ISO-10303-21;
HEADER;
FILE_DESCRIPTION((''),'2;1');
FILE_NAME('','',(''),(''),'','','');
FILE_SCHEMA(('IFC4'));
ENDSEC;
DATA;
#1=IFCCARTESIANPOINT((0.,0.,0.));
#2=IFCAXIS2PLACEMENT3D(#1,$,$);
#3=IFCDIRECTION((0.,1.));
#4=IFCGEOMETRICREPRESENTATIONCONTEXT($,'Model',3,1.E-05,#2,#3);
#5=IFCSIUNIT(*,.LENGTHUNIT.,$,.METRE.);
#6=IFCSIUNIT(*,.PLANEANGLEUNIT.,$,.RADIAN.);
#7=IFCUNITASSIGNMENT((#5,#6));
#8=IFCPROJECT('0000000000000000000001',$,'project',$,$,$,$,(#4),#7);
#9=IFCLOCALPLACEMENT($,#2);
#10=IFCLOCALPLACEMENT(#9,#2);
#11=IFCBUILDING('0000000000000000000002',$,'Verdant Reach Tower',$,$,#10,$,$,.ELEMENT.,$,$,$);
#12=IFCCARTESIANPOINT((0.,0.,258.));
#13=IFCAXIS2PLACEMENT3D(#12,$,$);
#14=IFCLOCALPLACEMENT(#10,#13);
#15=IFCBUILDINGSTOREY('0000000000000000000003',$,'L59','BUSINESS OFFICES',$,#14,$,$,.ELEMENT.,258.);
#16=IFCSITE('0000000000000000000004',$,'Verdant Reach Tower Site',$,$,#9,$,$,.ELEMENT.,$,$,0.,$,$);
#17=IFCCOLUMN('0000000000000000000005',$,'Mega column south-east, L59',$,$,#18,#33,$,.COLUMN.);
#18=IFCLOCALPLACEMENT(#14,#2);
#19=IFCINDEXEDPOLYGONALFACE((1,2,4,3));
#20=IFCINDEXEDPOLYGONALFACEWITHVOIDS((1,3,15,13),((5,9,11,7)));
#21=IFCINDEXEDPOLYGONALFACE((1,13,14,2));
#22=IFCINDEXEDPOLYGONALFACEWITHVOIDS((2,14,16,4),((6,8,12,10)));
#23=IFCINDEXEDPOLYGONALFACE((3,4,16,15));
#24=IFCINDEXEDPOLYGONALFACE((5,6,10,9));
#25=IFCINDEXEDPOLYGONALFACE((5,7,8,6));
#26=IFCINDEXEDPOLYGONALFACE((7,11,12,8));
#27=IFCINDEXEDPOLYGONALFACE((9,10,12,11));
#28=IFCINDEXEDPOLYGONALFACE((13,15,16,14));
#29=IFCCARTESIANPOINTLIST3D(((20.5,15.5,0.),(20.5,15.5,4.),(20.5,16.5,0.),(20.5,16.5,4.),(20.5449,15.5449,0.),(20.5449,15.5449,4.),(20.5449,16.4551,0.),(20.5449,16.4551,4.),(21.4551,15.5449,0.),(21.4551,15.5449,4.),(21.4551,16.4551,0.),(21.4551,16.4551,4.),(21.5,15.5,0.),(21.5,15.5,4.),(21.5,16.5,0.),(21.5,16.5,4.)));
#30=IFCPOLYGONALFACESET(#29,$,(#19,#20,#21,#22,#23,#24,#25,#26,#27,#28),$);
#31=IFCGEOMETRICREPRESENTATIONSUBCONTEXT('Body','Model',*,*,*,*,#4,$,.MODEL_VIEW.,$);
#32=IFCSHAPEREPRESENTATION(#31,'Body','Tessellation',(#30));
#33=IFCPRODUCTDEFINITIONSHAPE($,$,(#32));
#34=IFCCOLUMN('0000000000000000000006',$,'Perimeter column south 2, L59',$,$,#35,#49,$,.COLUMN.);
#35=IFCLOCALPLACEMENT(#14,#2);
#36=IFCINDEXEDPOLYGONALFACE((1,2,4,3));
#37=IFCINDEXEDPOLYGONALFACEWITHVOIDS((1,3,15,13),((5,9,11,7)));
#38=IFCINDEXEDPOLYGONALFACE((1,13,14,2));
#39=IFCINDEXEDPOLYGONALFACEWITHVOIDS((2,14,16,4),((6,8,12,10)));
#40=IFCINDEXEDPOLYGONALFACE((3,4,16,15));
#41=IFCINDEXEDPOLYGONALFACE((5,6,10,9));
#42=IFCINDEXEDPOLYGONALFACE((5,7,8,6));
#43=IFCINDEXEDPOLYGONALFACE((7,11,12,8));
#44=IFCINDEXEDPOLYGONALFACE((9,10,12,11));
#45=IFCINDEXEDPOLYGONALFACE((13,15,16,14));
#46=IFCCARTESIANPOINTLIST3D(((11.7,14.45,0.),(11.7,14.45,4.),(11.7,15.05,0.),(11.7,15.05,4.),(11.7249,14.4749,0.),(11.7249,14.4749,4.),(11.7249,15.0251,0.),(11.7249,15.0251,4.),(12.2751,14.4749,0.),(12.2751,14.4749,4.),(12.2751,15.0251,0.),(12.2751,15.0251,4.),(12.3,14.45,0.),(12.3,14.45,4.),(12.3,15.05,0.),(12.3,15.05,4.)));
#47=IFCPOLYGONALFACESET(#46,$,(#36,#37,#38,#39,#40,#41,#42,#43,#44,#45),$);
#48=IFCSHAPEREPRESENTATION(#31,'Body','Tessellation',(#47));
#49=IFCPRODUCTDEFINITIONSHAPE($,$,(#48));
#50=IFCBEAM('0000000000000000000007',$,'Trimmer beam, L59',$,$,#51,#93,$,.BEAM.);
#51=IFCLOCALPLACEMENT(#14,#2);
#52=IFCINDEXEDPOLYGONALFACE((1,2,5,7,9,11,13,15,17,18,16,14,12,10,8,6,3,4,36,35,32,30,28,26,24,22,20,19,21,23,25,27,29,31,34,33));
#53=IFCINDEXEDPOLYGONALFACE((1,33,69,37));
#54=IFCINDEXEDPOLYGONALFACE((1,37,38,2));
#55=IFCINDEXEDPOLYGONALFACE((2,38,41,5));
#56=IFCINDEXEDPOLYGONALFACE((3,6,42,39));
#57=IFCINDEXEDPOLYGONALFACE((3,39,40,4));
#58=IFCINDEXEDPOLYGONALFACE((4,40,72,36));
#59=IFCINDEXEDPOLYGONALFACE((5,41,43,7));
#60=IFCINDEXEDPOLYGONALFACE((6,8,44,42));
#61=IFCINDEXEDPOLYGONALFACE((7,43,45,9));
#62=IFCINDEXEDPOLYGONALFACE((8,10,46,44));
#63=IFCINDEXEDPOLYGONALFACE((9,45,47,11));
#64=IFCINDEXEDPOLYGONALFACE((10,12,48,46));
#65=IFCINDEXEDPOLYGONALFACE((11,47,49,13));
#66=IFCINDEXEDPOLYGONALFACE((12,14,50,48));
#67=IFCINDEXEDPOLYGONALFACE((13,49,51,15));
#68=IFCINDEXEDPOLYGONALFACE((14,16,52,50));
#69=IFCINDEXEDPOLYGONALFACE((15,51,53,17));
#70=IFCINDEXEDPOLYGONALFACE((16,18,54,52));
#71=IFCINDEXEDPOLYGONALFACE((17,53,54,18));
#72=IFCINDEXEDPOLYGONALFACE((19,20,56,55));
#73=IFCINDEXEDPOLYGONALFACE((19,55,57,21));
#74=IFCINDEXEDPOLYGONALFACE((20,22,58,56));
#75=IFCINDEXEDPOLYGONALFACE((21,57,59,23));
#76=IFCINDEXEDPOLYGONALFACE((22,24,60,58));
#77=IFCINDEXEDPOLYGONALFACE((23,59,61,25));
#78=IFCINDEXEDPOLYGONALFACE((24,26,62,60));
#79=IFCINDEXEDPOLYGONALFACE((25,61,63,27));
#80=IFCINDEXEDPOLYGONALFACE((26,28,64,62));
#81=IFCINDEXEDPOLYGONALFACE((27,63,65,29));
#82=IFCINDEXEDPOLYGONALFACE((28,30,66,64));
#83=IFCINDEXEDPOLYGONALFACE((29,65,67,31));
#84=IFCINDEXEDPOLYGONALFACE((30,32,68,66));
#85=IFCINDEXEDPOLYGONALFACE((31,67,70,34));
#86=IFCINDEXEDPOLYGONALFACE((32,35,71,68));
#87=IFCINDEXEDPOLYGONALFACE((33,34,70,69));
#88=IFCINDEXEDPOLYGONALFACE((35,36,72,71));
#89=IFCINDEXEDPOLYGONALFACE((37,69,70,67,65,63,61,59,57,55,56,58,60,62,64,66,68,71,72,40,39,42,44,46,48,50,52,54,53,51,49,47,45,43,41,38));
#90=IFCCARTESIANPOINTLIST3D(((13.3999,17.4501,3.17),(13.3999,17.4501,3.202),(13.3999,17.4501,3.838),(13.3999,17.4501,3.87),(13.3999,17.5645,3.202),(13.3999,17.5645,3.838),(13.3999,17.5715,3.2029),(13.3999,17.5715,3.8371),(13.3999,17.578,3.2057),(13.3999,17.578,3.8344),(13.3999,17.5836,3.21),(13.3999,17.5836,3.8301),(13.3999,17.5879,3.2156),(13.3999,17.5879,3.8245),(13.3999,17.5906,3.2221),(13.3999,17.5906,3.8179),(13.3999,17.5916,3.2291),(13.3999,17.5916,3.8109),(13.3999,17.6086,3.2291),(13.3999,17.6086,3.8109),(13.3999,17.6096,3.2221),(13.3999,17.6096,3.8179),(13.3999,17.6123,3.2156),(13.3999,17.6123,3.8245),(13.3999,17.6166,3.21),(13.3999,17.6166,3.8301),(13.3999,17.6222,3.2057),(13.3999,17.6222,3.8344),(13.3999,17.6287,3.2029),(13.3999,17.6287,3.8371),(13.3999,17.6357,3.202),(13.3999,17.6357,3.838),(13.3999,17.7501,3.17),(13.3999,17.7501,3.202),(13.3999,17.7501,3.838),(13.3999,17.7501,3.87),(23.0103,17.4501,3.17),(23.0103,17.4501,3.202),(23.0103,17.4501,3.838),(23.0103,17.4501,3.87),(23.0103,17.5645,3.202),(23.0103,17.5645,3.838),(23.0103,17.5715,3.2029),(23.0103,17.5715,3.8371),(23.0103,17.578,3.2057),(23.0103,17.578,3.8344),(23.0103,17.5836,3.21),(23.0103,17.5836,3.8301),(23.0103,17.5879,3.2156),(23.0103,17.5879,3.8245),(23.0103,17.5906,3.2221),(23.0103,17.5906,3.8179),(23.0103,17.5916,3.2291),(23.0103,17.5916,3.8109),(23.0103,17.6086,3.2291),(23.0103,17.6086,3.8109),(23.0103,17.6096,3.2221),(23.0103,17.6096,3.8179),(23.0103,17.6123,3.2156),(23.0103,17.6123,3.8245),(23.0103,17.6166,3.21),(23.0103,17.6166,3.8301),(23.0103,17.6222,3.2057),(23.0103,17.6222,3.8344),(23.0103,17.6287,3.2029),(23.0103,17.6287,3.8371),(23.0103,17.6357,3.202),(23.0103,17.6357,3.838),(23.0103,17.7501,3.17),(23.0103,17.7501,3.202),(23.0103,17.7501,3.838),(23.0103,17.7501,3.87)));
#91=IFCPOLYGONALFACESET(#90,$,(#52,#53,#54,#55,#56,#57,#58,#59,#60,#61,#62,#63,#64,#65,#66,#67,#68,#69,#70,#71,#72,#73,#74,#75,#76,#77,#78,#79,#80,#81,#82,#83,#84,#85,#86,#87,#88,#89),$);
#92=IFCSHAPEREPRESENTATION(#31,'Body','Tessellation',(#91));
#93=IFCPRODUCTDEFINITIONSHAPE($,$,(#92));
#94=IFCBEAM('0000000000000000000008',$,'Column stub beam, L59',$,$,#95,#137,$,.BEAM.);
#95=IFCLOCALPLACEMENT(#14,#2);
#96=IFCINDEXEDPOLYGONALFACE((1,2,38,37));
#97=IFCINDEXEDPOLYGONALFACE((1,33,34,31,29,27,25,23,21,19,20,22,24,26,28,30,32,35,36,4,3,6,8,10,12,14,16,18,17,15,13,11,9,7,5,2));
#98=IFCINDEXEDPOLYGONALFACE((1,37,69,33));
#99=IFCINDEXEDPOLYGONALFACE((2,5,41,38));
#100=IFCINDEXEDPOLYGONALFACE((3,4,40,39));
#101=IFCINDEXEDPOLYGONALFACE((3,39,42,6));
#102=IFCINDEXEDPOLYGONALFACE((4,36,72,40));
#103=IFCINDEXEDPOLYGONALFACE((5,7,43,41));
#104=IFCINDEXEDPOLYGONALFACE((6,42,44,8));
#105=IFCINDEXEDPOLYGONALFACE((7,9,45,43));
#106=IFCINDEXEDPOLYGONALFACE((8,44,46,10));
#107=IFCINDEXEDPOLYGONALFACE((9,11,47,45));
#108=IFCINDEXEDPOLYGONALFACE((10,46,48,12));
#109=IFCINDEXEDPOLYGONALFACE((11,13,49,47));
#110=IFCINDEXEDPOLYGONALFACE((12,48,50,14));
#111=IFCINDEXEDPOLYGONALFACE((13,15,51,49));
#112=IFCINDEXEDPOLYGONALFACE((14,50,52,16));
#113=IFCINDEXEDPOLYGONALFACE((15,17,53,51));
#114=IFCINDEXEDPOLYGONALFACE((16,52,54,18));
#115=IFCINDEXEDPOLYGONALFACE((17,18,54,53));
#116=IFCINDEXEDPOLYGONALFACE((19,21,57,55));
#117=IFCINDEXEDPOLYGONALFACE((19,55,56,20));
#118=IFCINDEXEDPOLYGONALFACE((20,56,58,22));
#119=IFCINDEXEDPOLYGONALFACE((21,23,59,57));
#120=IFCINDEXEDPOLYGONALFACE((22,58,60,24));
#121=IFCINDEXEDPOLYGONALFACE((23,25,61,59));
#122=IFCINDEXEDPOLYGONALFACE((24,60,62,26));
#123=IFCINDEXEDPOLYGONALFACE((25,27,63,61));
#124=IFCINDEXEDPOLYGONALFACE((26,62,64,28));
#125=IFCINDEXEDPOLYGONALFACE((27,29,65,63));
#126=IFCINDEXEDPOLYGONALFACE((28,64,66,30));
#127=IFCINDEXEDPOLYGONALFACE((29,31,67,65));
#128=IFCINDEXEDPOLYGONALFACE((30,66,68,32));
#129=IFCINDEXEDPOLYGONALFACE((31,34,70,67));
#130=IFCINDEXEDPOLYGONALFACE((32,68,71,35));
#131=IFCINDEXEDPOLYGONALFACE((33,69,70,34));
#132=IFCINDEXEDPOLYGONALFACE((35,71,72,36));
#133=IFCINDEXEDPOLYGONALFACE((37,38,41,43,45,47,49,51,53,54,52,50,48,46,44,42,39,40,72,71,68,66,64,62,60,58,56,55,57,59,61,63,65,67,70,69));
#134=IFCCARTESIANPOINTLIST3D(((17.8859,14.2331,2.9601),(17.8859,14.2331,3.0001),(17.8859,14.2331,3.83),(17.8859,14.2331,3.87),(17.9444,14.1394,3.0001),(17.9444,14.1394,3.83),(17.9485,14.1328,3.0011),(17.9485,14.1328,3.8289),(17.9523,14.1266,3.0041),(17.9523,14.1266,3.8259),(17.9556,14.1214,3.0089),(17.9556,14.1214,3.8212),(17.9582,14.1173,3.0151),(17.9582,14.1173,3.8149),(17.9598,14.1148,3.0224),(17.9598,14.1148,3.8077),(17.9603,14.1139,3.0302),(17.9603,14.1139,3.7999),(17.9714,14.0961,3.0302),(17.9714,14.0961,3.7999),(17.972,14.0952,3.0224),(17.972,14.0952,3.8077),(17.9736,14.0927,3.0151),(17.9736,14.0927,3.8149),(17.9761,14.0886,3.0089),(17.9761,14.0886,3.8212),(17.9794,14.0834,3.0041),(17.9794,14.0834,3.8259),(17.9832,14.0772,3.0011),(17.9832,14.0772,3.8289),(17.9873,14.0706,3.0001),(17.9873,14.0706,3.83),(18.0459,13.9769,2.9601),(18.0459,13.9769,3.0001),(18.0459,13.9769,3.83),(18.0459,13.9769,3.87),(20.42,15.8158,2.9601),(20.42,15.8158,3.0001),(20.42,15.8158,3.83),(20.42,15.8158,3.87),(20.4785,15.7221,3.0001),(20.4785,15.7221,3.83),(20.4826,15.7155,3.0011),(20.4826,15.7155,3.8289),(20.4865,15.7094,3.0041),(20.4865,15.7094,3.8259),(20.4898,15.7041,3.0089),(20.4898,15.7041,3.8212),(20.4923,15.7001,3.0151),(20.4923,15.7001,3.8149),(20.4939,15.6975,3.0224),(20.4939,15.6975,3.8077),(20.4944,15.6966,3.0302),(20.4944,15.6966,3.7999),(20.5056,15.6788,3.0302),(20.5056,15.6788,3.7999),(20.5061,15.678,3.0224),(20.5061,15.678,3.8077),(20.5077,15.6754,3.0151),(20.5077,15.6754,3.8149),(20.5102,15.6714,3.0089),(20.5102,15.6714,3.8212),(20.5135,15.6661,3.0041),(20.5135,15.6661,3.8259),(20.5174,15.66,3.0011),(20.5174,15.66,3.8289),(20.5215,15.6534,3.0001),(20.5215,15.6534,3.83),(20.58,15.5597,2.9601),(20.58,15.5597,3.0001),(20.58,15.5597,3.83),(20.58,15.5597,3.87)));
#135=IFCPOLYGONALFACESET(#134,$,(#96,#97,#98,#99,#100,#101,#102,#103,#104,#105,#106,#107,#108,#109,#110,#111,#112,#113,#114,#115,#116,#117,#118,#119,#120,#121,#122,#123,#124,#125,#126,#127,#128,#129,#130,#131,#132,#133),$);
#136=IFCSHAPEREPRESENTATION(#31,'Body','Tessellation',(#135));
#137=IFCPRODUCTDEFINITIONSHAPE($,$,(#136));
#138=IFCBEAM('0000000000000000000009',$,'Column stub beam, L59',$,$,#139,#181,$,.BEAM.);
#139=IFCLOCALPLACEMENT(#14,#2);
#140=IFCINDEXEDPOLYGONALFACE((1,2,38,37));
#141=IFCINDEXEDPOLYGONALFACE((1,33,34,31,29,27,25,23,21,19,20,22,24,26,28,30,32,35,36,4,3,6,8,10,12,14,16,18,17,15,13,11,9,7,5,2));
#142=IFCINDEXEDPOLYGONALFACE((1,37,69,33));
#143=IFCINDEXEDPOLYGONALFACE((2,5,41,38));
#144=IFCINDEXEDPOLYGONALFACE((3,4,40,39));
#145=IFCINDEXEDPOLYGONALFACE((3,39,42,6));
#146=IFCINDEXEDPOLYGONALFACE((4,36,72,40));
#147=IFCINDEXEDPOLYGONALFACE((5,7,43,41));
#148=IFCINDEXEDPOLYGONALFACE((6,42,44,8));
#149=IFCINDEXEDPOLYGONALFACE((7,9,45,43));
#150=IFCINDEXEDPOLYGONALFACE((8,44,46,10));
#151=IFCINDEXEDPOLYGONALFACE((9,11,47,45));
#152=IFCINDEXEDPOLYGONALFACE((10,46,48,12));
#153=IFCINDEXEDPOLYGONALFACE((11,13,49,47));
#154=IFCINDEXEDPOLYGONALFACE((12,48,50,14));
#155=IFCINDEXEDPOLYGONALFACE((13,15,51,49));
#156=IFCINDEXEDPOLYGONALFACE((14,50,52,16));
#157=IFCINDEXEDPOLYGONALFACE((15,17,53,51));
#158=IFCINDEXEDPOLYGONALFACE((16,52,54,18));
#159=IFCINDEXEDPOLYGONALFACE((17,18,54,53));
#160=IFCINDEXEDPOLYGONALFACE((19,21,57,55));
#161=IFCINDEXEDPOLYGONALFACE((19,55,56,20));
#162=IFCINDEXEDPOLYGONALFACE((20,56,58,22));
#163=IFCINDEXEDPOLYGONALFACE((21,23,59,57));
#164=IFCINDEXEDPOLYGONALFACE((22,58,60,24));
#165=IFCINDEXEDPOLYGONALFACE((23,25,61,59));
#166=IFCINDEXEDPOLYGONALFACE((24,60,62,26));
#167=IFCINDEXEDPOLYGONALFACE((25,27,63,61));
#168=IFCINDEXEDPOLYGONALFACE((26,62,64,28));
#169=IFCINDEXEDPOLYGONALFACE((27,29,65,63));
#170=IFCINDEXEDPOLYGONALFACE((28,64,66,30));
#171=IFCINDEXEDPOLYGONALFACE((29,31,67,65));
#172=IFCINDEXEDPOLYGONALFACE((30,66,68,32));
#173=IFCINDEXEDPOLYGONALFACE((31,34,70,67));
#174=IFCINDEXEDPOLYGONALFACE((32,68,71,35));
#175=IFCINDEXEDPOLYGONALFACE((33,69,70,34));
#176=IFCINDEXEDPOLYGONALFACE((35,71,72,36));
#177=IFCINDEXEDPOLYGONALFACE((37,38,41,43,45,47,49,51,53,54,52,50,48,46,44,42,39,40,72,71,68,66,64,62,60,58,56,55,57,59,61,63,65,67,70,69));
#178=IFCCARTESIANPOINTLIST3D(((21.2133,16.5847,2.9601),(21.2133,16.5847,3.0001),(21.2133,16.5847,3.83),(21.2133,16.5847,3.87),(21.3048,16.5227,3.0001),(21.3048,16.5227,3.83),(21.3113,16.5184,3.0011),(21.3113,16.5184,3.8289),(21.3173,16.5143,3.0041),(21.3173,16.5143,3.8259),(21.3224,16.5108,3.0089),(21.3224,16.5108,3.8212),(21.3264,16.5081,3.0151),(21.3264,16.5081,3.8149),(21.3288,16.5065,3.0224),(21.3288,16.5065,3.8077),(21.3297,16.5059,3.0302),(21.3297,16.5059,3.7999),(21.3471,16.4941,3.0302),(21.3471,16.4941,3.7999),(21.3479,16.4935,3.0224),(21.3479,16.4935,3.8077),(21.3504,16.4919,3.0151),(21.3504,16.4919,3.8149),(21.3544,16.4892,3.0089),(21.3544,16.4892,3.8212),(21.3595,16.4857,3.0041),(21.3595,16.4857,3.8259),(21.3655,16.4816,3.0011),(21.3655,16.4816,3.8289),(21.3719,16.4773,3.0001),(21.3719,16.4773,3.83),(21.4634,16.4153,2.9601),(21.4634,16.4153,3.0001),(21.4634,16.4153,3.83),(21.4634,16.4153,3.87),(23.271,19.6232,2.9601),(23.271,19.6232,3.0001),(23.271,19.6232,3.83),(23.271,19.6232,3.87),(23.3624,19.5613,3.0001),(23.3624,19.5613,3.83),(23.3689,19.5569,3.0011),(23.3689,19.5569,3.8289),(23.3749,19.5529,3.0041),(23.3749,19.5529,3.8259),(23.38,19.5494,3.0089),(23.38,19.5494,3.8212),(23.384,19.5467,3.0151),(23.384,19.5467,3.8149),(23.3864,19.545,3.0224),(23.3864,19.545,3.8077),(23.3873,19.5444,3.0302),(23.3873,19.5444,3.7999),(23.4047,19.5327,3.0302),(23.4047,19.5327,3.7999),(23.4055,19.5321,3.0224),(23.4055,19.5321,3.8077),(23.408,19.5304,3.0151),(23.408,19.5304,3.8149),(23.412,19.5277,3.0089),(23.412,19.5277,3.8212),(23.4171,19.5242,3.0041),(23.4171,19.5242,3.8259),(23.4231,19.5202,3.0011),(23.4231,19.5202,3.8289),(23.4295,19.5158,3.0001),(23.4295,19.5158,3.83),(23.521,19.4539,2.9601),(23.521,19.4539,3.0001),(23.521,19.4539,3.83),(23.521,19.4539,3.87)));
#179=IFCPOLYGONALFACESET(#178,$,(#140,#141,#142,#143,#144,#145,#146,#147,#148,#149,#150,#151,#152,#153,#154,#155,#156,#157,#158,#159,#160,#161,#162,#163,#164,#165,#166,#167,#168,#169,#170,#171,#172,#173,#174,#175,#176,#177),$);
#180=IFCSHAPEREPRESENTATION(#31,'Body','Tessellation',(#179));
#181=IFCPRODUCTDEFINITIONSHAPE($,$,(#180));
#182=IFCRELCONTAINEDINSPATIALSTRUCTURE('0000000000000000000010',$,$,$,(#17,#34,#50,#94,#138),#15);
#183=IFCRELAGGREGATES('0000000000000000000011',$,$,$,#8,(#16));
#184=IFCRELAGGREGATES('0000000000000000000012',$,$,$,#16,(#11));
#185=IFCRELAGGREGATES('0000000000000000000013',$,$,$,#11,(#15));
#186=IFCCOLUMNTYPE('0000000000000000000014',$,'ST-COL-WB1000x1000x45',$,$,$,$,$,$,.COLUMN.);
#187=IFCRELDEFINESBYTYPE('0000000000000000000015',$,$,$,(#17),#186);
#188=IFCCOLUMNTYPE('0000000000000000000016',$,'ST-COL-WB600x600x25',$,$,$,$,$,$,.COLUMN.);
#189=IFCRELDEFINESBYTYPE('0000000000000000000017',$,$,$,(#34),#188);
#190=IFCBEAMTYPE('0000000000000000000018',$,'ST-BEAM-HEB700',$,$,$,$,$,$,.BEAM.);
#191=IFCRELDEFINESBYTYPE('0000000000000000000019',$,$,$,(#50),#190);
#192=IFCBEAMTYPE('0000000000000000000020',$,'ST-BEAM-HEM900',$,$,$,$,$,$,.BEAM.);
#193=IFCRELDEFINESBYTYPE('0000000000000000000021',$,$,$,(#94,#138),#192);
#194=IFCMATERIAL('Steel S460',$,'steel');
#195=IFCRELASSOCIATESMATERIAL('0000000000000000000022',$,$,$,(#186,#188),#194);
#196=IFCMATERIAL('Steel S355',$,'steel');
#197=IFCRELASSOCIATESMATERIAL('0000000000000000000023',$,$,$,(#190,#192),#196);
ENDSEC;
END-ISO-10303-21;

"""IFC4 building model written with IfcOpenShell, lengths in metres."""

from ifc_helpers import new_model, si_unit, direction, frame, origin, origin_2d, place, context, subcontext, project, spatial, hollow_rectangle, i_section, extrude, material, material_profile, profile_set, type_object, element, save


model = new_model("IFC4")

# Units and contexts
model_context = context("Model", 3, precision=1e-05, world=origin(), true_north=direction((0.0, 1.0)))
body_context = subcontext(model_context, "Body", "Model", "MODEL_VIEW")
ifc_project = project(units=[si_unit("LENGTHUNIT", "METRE"), si_unit("PLANEANGLEUNIT", "RADIAN")], contexts=[model_context])

# Site, building, storey
site_placement = place(None, origin())
site = spatial("IfcSite", under=ifc_project, at=site_placement, Name="Verdant Reach Tower Site", CompositionType="ELEMENT", RefElevation=0.0)
building_placement = place(site_placement, origin())
building = spatial("IfcBuilding", under=site, at=building_placement, Name="Verdant Reach Tower", CompositionType="ELEMENT")
storey_placement = place(building_placement, frame((0.0, 0.0, 258.0)))
storey = spatial("IfcBuildingStorey", under=building, at=storey_placement, Name="L59", Description="BUSINESS OFFICES", CompositionType="ELEMENT", Elevation=258.0)

# Columns
ifc_material_1 = material(Name="Steel S460", Category="steel")
ifc_material_profile_1 = material_profile(ifc_material_1, hollow_rectangle(XDim=1.0, YDim=1.0, WallThickness=0.0449, at=origin_2d()), Name="WB 1000x1000x45")
ifc_profile_set_1 = profile_set([ifc_material_profile_1], Name="Steel S460")
column_type_1 = type_object("IfcColumnType", Name="ST-COL-WB1000x1000x45", PredefinedType="COLUMN", material=ifc_profile_set_1)
column_1_placement = place(storey_placement, frame((21.0, 16.0, 0.0), z_axis=(0.0, 0.0, 1.0), x_axis=(1.0, 0.0, 0.0)))
element("IfcColumn", 1, at=column_1_placement, inside=storey, type_object=column_type_1, Name="Mega column south-east, L59", PredefinedType="COLUMN", context=body_context, shape_type="SweptSolid", body=[
    extrude(hollow_rectangle(XDim=1.0, YDim=1.0, WallThickness=0.0449, at=origin_2d()), origin(), (0.0, 0.0, 1.0), 4.0),
])
ifc_material_profile_2 = material_profile(ifc_material_1, hollow_rectangle(XDim=0.6001, YDim=0.6001, WallThickness=0.0249, at=origin_2d()), Name="WB 600x600x25")
ifc_profile_set_2 = profile_set([ifc_material_profile_2], Name="Steel S460")
column_type_2 = type_object("IfcColumnType", Name="ST-COL-WB600x600x25", PredefinedType="COLUMN", material=ifc_profile_set_2)
column_2_placement = place(storey_placement, frame((12.0, 14.75, 0.0), z_axis=(0.0, 0.0, 1.0), x_axis=(1.0, 0.0, 0.0)))
element("IfcColumn", 2, at=column_2_placement, inside=storey, type_object=column_type_2, Name="Perimeter column south 2, L59", PredefinedType="COLUMN", context=body_context, shape_type="SweptSolid", body=[
    extrude(hollow_rectangle(XDim=0.6001, YDim=0.6001, WallThickness=0.0249, at=origin_2d()), origin(), (0.0, 0.0, 1.0), 4.0),
])

# Beams
ifc_material_2 = material(Name="Steel S355", Category="steel")
ifc_material_profile_3 = material_profile(ifc_material_2, i_section(OverallWidth=0.3, OverallDepth=0.7, WebThickness=0.0171, FlangeThickness=0.032, FilletRadius=0.0271, at=origin_2d()), Name="HEB 700")
ifc_profile_set_3 = profile_set([ifc_material_profile_3], Name="Steel S355")
beam_type_1 = type_object("IfcBeamType", Name="ST-BEAM-HEB700", PredefinedType="BEAM", material=ifc_profile_set_3)
beam_1_placement = place(storey_placement, frame((13.3999, 17.6001, 3.52), z_axis=(1.0, 0.0, 0.0), x_axis=(0.0, 1.0, 0.0)))
element("IfcBeam", 3, at=beam_1_placement, inside=storey, type_object=beam_type_1, Name="Trimmer beam, L59", PredefinedType="BEAM", context=body_context, shape_type="SweptSolid", body=[
    extrude(i_section(OverallWidth=0.3, OverallDepth=0.7, WebThickness=0.0171, FlangeThickness=0.032, FilletRadius=0.0271, at=origin_2d()), origin(), (0.0, 0.0, 1.0), 9.6104),
])
ifc_material_profile_4 = material_profile(ifc_material_2, i_section(OverallWidth=0.302, OverallDepth=0.9099, WebThickness=0.021, FlangeThickness=0.04, FilletRadius=0.03, at=origin_2d()), Name="HEM 900")
ifc_profile_set_4 = profile_set([ifc_material_profile_4], Name="Steel S355")
beam_type_2 = type_object("IfcBeamType", Name="ST-BEAM-HEM900", PredefinedType="BEAM", material=ifc_profile_set_4)
beam_2_placement = place(storey_placement, frame((20.5, 15.6877, 3.415), z_axis=(-0.848164, -0.529735, 0.0), x_axis=(0.529735, -0.848164, 0.0)))
element("IfcBeam", 4, at=beam_2_placement, inside=storey, type_object=beam_type_2, Name="Column stub beam, L59", PredefinedType="BEAM", context=body_context, shape_type="SweptSolid", body=[
    extrude(i_section(OverallWidth=0.302, OverallDepth=0.9099, WebThickness=0.021, FlangeThickness=0.04, FilletRadius=0.03, at=origin_2d()), origin(), (0.0, 0.0, 1.0), 2.9878),
])
beam_3_placement = place(storey_placement, frame((21.3384, 16.5, 3.415), z_axis=(0.560704, 0.828016, 0.0), x_axis=(-0.828016, 0.560704, 0.0)))
element("IfcBeam", 5, at=beam_3_placement, inside=storey, type_object=beam_type_2, Name="Column stub beam, L59", PredefinedType="BEAM", context=body_context, shape_type="SweptSolid", body=[
    extrude(i_section(OverallWidth=0.302, OverallDepth=0.9099, WebThickness=0.021, FlangeThickness=0.04, FilletRadius=0.03, at=origin_2d()), origin(), (0.0, 0.0, 1.0), 3.6697),
])

save(model, "model.ifc")
